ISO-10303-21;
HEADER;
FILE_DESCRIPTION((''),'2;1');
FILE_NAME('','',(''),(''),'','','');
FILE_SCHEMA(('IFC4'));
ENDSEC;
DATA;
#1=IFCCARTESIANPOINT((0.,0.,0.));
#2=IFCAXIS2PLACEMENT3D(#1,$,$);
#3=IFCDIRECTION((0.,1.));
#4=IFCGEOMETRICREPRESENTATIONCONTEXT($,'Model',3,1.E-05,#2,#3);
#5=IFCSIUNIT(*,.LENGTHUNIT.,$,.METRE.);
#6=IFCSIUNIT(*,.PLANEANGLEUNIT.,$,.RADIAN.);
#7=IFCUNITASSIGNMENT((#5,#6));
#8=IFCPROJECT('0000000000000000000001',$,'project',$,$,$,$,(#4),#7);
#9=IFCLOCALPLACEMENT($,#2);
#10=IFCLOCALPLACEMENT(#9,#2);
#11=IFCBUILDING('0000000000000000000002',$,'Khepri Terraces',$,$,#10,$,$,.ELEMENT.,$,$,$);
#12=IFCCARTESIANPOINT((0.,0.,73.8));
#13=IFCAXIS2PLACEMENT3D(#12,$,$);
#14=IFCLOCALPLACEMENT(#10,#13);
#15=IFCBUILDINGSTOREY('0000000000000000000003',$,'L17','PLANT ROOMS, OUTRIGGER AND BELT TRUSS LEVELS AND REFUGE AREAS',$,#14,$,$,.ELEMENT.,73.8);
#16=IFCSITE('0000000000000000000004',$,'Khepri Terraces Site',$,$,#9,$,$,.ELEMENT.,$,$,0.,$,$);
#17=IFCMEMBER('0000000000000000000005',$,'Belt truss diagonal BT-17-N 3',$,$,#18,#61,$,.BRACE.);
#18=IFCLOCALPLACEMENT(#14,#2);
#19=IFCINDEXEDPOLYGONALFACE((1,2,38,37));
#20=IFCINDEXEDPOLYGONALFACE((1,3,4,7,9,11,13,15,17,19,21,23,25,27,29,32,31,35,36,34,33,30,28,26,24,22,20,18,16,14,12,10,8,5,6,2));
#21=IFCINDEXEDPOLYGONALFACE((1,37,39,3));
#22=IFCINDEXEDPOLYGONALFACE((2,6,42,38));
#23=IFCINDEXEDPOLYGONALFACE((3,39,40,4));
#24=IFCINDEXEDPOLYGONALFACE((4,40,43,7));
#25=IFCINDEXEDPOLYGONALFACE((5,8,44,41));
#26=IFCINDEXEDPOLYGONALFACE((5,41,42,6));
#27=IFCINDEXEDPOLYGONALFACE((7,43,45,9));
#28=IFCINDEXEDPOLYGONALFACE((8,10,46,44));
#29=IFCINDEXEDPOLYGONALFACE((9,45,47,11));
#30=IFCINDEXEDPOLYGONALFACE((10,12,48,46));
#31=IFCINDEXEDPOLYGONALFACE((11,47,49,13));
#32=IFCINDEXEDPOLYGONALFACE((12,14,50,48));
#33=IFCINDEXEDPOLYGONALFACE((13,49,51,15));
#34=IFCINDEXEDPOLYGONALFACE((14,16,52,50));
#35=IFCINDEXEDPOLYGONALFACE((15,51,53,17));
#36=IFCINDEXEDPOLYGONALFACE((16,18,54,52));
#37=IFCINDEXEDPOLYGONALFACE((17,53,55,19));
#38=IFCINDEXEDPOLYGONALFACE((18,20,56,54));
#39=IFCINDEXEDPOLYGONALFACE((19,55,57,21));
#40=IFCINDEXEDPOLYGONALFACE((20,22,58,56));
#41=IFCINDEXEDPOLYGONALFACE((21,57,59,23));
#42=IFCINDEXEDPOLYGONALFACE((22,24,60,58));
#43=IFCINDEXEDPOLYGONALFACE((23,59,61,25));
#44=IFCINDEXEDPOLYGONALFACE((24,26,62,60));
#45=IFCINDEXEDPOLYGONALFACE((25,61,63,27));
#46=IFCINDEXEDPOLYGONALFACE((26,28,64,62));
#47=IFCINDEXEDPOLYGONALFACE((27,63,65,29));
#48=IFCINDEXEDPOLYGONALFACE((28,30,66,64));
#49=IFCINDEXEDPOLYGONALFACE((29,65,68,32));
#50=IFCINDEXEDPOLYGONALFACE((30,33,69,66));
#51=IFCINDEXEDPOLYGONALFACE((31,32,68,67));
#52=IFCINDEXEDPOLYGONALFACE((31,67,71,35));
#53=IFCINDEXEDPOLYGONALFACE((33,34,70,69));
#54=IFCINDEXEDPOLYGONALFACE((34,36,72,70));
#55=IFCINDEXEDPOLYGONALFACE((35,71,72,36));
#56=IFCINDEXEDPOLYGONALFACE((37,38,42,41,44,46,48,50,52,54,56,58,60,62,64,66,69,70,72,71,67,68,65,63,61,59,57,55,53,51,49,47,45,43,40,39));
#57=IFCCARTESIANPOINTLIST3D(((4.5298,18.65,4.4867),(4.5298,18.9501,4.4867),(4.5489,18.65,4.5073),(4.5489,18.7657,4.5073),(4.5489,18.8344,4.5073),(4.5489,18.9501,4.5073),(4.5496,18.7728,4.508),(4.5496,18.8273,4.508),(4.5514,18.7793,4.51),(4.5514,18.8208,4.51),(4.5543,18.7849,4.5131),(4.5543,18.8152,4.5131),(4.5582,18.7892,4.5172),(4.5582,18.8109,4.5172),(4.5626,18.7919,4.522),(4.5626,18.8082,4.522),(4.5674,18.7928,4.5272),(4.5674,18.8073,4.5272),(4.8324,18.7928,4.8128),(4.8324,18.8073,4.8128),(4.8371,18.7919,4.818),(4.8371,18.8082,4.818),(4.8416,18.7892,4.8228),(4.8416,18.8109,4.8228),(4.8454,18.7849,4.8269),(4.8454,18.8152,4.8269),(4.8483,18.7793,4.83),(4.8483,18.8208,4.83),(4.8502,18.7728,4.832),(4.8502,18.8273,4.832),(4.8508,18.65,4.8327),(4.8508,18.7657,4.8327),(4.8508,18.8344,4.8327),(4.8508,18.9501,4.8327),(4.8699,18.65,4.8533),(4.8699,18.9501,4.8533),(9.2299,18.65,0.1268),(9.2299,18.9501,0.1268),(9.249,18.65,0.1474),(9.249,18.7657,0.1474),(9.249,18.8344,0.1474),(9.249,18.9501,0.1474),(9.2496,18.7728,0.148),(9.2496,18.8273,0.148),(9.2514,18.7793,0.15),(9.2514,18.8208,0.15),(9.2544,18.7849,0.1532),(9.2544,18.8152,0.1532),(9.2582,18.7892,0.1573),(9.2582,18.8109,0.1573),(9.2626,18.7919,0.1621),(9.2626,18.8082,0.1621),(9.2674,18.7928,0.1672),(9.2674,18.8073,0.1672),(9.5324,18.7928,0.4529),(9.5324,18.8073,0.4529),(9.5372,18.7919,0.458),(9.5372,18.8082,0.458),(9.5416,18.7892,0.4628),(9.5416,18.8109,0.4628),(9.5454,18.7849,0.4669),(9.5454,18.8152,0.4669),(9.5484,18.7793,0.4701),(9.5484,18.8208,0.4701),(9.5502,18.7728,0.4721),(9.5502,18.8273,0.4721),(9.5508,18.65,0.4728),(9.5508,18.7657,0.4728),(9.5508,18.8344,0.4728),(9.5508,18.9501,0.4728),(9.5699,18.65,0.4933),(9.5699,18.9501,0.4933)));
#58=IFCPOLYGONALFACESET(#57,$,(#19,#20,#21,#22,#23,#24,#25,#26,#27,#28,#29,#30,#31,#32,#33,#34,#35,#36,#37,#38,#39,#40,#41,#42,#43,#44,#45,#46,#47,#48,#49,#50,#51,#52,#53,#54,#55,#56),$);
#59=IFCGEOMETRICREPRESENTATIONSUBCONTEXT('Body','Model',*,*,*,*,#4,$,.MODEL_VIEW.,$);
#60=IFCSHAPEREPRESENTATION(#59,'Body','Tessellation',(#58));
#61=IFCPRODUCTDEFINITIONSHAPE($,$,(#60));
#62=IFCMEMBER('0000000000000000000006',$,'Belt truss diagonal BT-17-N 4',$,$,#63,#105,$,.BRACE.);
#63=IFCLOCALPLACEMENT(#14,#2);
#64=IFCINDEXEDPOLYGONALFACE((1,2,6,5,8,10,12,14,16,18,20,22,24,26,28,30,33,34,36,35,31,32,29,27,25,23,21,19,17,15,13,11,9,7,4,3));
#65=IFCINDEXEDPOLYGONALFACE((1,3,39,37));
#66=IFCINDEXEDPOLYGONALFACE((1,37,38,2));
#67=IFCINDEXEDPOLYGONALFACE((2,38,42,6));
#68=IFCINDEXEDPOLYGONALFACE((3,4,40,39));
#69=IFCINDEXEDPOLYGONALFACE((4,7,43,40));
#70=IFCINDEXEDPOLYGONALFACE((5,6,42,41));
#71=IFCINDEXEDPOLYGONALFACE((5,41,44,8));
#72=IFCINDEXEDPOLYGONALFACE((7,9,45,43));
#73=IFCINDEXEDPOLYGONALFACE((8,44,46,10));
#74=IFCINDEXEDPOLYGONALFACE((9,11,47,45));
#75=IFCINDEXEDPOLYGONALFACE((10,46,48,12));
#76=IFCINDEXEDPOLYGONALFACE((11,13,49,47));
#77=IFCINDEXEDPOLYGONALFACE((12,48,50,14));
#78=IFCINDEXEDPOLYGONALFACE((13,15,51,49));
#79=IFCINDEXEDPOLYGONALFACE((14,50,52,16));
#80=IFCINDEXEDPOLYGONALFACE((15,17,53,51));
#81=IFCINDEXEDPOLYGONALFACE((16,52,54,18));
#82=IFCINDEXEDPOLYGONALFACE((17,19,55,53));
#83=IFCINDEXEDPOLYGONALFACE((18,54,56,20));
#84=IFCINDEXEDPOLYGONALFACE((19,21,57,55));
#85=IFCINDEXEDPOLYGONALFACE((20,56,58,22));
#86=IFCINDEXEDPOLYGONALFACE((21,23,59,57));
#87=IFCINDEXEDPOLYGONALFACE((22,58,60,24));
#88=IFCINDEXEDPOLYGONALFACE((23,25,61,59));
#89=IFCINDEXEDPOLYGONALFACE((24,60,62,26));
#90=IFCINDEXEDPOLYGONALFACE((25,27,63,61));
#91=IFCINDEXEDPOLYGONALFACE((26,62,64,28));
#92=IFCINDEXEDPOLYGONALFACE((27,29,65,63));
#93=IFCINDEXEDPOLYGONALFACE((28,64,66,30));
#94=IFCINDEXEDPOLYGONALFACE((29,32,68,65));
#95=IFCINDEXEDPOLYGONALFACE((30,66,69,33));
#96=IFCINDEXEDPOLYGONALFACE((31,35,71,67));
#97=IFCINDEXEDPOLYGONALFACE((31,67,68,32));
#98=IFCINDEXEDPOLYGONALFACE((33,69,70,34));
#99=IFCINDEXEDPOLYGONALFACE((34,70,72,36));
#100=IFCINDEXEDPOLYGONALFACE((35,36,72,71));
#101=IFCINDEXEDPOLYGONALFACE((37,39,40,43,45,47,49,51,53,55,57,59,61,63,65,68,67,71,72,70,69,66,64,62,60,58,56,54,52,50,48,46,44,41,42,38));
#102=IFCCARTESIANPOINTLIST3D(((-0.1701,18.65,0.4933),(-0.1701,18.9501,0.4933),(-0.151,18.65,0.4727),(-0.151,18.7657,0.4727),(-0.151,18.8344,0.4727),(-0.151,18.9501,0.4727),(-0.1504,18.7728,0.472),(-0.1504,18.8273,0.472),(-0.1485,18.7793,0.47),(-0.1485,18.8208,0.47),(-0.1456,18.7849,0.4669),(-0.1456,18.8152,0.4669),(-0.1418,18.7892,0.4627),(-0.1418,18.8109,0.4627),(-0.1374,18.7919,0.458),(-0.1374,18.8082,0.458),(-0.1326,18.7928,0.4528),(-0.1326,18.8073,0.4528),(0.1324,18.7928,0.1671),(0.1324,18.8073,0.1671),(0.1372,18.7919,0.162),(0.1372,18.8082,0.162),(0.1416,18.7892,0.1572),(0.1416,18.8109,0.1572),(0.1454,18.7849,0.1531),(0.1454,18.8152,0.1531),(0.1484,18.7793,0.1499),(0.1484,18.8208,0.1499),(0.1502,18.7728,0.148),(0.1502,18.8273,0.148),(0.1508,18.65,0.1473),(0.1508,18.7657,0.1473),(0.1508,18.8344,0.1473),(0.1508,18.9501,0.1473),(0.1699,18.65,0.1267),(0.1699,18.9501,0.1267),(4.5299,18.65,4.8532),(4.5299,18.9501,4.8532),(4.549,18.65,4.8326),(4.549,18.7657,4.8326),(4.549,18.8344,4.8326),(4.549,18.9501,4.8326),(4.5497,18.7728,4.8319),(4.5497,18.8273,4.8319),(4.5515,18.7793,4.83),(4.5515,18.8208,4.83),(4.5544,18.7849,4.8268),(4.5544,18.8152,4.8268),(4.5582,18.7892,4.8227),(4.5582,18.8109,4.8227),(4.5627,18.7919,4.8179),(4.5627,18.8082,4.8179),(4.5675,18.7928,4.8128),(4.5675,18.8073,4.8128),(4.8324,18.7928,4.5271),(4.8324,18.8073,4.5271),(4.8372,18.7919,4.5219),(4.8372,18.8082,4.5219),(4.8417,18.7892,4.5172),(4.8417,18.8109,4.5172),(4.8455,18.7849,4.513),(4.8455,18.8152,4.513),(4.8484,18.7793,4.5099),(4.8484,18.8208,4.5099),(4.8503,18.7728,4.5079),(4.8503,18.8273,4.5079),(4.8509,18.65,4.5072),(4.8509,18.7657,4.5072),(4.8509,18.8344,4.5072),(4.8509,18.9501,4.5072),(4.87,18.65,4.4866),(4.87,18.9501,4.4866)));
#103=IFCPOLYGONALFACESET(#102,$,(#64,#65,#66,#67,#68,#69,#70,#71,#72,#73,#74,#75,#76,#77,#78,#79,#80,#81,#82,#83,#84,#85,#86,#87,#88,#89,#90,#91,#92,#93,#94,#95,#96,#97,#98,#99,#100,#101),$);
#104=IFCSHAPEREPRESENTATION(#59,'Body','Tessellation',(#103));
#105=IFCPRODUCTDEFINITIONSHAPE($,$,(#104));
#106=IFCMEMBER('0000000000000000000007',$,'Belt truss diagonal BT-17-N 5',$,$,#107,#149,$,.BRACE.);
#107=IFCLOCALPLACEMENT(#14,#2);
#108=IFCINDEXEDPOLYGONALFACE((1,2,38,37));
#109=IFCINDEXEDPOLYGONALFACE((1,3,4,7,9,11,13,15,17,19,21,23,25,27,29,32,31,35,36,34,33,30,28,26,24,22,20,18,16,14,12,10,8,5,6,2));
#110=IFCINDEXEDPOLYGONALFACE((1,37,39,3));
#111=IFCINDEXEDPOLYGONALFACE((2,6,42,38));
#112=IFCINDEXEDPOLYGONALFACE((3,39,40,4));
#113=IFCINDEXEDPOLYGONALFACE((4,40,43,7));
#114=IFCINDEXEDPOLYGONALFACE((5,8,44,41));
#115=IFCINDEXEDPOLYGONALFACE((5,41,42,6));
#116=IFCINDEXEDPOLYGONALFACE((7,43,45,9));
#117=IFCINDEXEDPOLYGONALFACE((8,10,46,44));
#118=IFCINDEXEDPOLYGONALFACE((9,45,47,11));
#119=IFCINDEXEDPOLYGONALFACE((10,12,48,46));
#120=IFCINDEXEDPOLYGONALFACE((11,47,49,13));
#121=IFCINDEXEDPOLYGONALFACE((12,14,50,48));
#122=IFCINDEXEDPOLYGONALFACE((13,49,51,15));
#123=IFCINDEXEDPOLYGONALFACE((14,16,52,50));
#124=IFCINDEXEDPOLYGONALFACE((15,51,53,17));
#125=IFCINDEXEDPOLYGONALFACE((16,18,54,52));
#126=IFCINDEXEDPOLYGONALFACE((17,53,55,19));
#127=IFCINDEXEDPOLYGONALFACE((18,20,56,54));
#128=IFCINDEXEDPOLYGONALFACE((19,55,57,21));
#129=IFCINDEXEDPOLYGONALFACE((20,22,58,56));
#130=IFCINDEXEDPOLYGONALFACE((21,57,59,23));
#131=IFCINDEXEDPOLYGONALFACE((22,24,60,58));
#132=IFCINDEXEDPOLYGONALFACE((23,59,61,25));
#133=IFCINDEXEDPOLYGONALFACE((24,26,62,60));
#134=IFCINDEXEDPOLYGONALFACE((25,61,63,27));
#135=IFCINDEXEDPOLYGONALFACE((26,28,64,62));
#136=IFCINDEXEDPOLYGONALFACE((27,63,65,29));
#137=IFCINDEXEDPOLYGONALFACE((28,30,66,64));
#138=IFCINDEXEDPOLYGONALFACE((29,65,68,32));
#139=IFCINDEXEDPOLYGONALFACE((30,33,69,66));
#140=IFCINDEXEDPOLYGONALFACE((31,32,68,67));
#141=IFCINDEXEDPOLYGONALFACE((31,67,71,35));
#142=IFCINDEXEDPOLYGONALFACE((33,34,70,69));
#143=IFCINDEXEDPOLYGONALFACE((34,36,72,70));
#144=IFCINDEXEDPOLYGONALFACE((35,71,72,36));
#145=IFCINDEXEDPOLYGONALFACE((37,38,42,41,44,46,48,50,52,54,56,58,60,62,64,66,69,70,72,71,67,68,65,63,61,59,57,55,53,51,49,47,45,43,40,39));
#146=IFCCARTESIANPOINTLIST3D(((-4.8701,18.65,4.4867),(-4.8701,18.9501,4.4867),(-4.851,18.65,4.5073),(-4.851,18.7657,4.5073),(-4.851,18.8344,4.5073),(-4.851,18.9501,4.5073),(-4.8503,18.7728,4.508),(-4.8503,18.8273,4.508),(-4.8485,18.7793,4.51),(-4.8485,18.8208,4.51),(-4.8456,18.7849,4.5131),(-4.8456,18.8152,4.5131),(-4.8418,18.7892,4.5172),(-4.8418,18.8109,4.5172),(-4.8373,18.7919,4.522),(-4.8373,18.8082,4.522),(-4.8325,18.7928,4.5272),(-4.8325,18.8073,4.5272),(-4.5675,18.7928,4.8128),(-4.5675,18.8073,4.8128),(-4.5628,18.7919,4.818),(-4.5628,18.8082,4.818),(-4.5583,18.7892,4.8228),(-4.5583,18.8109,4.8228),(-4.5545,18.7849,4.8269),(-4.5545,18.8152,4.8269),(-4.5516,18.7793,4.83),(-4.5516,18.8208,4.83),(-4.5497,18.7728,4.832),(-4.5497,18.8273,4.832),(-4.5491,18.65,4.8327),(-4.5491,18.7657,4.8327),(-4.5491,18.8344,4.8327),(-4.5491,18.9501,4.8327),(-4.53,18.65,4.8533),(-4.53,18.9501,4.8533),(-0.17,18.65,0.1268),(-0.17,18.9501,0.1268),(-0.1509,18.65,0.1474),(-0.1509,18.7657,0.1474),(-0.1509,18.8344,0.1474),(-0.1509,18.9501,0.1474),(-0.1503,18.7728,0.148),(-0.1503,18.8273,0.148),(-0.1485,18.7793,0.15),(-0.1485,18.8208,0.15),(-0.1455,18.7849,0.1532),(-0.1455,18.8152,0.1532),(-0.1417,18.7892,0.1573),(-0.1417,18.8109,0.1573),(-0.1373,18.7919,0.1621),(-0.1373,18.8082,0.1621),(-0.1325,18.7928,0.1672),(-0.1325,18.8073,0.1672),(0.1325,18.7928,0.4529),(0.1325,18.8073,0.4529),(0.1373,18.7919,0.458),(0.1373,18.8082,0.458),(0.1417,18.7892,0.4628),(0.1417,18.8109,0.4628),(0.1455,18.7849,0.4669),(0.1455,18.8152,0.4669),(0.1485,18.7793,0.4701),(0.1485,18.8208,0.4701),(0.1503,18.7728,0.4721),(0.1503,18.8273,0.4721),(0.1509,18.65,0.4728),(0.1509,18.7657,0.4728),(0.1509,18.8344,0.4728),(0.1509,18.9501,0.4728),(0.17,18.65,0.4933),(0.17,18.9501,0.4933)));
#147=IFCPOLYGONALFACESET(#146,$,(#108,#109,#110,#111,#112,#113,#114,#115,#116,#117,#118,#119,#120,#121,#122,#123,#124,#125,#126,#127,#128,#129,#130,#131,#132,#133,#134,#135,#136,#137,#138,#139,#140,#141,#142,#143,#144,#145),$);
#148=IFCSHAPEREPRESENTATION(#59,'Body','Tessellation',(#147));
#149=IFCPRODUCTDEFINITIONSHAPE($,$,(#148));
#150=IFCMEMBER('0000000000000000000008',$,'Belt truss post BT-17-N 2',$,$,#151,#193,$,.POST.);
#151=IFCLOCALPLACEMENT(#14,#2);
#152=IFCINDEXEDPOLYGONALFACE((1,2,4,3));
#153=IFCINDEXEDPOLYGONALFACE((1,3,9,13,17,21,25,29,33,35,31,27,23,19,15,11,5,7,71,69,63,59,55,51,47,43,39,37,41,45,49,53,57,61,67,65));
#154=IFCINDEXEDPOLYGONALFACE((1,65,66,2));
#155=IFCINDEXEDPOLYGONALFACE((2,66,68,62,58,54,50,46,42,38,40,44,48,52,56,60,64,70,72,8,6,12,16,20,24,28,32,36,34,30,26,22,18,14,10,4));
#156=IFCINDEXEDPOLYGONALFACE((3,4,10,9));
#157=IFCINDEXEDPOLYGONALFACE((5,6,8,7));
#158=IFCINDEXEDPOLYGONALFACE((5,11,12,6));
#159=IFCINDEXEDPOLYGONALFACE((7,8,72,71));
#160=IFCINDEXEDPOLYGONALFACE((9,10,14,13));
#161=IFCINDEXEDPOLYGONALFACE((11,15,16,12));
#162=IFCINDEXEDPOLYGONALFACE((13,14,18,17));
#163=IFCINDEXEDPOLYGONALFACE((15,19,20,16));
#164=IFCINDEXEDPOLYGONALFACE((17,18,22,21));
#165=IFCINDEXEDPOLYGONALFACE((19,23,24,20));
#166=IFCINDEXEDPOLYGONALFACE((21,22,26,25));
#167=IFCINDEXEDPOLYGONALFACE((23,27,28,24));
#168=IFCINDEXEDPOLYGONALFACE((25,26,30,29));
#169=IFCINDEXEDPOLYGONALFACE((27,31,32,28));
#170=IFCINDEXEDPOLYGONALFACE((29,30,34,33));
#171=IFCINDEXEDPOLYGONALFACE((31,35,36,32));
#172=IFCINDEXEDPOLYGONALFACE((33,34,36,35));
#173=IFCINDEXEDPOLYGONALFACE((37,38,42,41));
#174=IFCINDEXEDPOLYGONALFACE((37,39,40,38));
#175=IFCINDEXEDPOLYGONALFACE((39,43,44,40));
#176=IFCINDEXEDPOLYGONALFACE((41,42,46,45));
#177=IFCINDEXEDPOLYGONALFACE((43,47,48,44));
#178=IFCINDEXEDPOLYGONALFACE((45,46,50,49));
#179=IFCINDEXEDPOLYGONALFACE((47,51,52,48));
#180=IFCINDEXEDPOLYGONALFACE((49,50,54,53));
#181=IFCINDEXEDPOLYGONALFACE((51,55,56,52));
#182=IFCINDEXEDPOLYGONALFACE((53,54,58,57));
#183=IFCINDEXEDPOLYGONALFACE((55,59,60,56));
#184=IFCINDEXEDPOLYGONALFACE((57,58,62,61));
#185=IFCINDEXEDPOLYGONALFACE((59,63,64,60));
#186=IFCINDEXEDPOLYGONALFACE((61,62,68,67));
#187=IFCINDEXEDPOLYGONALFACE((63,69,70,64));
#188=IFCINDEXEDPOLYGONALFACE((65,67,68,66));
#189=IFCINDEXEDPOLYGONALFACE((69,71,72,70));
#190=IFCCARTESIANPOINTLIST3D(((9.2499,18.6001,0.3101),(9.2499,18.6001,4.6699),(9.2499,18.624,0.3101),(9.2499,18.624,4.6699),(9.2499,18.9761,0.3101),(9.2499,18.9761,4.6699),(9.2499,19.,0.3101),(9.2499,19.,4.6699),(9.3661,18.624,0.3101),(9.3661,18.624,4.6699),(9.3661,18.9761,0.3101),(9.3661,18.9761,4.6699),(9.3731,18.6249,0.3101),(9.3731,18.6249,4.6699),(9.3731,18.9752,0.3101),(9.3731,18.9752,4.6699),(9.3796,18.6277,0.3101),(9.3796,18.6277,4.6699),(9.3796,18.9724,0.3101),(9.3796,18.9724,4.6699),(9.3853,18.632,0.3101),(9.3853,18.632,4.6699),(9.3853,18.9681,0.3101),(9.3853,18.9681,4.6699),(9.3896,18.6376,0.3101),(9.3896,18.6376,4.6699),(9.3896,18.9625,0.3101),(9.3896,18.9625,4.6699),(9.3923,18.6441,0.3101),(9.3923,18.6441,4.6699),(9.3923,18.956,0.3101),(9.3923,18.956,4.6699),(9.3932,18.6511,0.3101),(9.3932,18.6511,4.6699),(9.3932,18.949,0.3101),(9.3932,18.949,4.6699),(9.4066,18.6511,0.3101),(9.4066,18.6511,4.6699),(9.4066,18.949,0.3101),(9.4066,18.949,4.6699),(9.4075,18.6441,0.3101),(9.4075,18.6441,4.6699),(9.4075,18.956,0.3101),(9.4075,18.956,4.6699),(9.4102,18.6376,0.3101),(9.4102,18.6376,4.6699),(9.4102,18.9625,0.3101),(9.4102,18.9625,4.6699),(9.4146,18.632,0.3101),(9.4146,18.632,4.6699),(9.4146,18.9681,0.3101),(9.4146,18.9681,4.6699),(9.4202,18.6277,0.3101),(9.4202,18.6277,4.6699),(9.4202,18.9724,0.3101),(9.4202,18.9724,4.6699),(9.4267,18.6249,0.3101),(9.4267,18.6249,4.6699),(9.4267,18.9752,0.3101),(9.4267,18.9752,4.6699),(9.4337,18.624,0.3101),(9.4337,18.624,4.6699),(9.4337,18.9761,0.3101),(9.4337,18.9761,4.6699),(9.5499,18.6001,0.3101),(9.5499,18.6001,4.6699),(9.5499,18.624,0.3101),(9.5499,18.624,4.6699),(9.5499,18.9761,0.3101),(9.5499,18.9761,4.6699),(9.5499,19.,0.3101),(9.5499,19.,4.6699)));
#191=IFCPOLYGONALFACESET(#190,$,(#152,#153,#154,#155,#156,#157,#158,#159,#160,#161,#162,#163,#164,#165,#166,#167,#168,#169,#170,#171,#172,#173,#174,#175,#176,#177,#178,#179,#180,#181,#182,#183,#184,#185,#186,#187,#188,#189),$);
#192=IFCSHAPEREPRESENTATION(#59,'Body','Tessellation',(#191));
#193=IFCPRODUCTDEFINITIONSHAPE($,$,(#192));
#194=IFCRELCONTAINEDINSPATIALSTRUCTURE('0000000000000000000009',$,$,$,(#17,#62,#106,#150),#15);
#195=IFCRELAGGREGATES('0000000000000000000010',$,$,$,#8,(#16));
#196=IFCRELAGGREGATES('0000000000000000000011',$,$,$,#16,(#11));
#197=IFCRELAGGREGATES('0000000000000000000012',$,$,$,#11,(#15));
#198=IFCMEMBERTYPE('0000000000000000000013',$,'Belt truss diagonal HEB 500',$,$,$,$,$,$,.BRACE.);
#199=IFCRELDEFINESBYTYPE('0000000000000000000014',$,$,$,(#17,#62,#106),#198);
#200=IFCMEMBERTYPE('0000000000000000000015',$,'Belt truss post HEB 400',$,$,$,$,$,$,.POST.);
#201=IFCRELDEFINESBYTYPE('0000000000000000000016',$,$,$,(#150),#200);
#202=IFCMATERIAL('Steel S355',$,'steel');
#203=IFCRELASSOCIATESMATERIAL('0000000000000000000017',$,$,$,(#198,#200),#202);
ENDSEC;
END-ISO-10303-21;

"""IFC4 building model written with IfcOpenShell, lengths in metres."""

from ifc_helpers import new_model, si_unit, direction, frame, origin, origin_2d, place, context, subcontext, project, spatial, i_section, extrude, material, material_profile, profile_set, type_object, element, save


model = new_model("IFC4")

# Units and contexts
model_context = context("Model", 3, precision=1e-05, world=origin(), true_north=direction((0.0, 1.0)))
body_context = subcontext(model_context, "Body", "Model", "MODEL_VIEW")
ifc_project = project(units=[si_unit("LENGTHUNIT", "METRE"), si_unit("PLANEANGLEUNIT", "RADIAN")], contexts=[model_context])

# Site, building, storey
site_placement = place(None, origin())
site = spatial("IfcSite", under=ifc_project, at=site_placement, Name="Khepri Terraces Site", CompositionType="ELEMENT", RefElevation=0.0)
building_placement = place(site_placement, origin())
building = spatial("IfcBuilding", under=site, at=building_placement, Name="Khepri Terraces", CompositionType="ELEMENT")
storey_placement = place(building_placement, frame((0.0, 0.0, 73.8)))
storey = spatial("IfcBuildingStorey", under=building, at=storey_placement, Name="L17", Description="PLANT ROOMS, OUTRIGGER AND BELT TRUSS LEVELS AND REFUGE AREAS", CompositionType="ELEMENT", Elevation=73.8)

# Members
ifc_material_1 = material(Name="Steel S355", Category="steel")
ifc_material_profile_1 = material_profile(ifc_material_1, i_section(OverallWidth=0.3, OverallDepth=0.5, WebThickness=0.0144, FlangeThickness=0.0281, FilletRadius=0.0271, at=origin_2d()), Name="Steel S355", Category="steel")
ifc_profile_set_1 = profile_set([ifc_material_profile_1], Name="Steel S355")
member_type_1 = type_object("IfcMemberType", Name="Belt truss diagonal HEB 500", PredefinedType="BRACE", material=ifc_profile_set_1)
for number, where, z_axis, x_axis, name in (
    (1, (9.3999, 18.8, 0.3101), (-0.733134, 0.0, 0.680084), (0.0, -1.0, 0.0), "Belt truss diagonal BT-17-N 3"),
    (2, (4.7, 18.8, 4.6699), (-0.733134, 0.0, -0.680084), (0.0, -1.0, 0.0), "Belt truss diagonal BT-17-N 4"),
    (3, (0.0, 18.8, 0.3101), (-0.733134, 0.0, 0.680084), (0.0, -1.0, 0.0), "Belt truss diagonal BT-17-N 5"),
):
    element("IfcMember", number, at=place(storey_placement, frame(where, z_axis=z_axis, x_axis=x_axis)), inside=storey, type_object=member_type_1, Name=name, PredefinedType="BRACE", context=body_context, shape_type="SweptSolid", body=[
        extrude(i_section(OverallWidth=0.3, OverallDepth=0.5, WebThickness=0.0144, FlangeThickness=0.0281, FilletRadius=0.0271, at=origin_2d()), origin(), (0.0, 0.0, 1.0), 6.4109),
    ])
ifc_material_profile_2 = material_profile(ifc_material_1, i_section(OverallWidth=0.3, OverallDepth=0.3999, WebThickness=0.0134, FlangeThickness=0.0239, FilletRadius=0.0271, at=origin_2d()), Name="Steel S355", Category="steel")
ifc_profile_set_2 = profile_set([ifc_material_profile_2], Name="Steel S355")
member_type_2 = type_object("IfcMemberType", Name="Belt truss post HEB 400", PredefinedType="POST", material=ifc_profile_set_2)
for number, where, z_axis, x_axis, name in (
    (4, (9.3999, 18.8, 0.3101), (0.0, 0.0, 1.0), (1.0, 0.0, 0.0), "Belt truss post BT-17-N 2"),
):
    element("IfcMember", number, at=place(storey_placement, frame(where, z_axis=z_axis, x_axis=x_axis)), inside=storey, type_object=member_type_2, Name=name, PredefinedType="POST", context=body_context, shape_type="SweptSolid", body=[
        extrude(i_section(OverallWidth=0.3, OverallDepth=0.3999, WebThickness=0.0134, FlangeThickness=0.0239, FilletRadius=0.0271, at=origin_2d()), origin(), (0.0, 0.0, 1.0), 4.3599),
    ])

save(model, "model.ifc")
